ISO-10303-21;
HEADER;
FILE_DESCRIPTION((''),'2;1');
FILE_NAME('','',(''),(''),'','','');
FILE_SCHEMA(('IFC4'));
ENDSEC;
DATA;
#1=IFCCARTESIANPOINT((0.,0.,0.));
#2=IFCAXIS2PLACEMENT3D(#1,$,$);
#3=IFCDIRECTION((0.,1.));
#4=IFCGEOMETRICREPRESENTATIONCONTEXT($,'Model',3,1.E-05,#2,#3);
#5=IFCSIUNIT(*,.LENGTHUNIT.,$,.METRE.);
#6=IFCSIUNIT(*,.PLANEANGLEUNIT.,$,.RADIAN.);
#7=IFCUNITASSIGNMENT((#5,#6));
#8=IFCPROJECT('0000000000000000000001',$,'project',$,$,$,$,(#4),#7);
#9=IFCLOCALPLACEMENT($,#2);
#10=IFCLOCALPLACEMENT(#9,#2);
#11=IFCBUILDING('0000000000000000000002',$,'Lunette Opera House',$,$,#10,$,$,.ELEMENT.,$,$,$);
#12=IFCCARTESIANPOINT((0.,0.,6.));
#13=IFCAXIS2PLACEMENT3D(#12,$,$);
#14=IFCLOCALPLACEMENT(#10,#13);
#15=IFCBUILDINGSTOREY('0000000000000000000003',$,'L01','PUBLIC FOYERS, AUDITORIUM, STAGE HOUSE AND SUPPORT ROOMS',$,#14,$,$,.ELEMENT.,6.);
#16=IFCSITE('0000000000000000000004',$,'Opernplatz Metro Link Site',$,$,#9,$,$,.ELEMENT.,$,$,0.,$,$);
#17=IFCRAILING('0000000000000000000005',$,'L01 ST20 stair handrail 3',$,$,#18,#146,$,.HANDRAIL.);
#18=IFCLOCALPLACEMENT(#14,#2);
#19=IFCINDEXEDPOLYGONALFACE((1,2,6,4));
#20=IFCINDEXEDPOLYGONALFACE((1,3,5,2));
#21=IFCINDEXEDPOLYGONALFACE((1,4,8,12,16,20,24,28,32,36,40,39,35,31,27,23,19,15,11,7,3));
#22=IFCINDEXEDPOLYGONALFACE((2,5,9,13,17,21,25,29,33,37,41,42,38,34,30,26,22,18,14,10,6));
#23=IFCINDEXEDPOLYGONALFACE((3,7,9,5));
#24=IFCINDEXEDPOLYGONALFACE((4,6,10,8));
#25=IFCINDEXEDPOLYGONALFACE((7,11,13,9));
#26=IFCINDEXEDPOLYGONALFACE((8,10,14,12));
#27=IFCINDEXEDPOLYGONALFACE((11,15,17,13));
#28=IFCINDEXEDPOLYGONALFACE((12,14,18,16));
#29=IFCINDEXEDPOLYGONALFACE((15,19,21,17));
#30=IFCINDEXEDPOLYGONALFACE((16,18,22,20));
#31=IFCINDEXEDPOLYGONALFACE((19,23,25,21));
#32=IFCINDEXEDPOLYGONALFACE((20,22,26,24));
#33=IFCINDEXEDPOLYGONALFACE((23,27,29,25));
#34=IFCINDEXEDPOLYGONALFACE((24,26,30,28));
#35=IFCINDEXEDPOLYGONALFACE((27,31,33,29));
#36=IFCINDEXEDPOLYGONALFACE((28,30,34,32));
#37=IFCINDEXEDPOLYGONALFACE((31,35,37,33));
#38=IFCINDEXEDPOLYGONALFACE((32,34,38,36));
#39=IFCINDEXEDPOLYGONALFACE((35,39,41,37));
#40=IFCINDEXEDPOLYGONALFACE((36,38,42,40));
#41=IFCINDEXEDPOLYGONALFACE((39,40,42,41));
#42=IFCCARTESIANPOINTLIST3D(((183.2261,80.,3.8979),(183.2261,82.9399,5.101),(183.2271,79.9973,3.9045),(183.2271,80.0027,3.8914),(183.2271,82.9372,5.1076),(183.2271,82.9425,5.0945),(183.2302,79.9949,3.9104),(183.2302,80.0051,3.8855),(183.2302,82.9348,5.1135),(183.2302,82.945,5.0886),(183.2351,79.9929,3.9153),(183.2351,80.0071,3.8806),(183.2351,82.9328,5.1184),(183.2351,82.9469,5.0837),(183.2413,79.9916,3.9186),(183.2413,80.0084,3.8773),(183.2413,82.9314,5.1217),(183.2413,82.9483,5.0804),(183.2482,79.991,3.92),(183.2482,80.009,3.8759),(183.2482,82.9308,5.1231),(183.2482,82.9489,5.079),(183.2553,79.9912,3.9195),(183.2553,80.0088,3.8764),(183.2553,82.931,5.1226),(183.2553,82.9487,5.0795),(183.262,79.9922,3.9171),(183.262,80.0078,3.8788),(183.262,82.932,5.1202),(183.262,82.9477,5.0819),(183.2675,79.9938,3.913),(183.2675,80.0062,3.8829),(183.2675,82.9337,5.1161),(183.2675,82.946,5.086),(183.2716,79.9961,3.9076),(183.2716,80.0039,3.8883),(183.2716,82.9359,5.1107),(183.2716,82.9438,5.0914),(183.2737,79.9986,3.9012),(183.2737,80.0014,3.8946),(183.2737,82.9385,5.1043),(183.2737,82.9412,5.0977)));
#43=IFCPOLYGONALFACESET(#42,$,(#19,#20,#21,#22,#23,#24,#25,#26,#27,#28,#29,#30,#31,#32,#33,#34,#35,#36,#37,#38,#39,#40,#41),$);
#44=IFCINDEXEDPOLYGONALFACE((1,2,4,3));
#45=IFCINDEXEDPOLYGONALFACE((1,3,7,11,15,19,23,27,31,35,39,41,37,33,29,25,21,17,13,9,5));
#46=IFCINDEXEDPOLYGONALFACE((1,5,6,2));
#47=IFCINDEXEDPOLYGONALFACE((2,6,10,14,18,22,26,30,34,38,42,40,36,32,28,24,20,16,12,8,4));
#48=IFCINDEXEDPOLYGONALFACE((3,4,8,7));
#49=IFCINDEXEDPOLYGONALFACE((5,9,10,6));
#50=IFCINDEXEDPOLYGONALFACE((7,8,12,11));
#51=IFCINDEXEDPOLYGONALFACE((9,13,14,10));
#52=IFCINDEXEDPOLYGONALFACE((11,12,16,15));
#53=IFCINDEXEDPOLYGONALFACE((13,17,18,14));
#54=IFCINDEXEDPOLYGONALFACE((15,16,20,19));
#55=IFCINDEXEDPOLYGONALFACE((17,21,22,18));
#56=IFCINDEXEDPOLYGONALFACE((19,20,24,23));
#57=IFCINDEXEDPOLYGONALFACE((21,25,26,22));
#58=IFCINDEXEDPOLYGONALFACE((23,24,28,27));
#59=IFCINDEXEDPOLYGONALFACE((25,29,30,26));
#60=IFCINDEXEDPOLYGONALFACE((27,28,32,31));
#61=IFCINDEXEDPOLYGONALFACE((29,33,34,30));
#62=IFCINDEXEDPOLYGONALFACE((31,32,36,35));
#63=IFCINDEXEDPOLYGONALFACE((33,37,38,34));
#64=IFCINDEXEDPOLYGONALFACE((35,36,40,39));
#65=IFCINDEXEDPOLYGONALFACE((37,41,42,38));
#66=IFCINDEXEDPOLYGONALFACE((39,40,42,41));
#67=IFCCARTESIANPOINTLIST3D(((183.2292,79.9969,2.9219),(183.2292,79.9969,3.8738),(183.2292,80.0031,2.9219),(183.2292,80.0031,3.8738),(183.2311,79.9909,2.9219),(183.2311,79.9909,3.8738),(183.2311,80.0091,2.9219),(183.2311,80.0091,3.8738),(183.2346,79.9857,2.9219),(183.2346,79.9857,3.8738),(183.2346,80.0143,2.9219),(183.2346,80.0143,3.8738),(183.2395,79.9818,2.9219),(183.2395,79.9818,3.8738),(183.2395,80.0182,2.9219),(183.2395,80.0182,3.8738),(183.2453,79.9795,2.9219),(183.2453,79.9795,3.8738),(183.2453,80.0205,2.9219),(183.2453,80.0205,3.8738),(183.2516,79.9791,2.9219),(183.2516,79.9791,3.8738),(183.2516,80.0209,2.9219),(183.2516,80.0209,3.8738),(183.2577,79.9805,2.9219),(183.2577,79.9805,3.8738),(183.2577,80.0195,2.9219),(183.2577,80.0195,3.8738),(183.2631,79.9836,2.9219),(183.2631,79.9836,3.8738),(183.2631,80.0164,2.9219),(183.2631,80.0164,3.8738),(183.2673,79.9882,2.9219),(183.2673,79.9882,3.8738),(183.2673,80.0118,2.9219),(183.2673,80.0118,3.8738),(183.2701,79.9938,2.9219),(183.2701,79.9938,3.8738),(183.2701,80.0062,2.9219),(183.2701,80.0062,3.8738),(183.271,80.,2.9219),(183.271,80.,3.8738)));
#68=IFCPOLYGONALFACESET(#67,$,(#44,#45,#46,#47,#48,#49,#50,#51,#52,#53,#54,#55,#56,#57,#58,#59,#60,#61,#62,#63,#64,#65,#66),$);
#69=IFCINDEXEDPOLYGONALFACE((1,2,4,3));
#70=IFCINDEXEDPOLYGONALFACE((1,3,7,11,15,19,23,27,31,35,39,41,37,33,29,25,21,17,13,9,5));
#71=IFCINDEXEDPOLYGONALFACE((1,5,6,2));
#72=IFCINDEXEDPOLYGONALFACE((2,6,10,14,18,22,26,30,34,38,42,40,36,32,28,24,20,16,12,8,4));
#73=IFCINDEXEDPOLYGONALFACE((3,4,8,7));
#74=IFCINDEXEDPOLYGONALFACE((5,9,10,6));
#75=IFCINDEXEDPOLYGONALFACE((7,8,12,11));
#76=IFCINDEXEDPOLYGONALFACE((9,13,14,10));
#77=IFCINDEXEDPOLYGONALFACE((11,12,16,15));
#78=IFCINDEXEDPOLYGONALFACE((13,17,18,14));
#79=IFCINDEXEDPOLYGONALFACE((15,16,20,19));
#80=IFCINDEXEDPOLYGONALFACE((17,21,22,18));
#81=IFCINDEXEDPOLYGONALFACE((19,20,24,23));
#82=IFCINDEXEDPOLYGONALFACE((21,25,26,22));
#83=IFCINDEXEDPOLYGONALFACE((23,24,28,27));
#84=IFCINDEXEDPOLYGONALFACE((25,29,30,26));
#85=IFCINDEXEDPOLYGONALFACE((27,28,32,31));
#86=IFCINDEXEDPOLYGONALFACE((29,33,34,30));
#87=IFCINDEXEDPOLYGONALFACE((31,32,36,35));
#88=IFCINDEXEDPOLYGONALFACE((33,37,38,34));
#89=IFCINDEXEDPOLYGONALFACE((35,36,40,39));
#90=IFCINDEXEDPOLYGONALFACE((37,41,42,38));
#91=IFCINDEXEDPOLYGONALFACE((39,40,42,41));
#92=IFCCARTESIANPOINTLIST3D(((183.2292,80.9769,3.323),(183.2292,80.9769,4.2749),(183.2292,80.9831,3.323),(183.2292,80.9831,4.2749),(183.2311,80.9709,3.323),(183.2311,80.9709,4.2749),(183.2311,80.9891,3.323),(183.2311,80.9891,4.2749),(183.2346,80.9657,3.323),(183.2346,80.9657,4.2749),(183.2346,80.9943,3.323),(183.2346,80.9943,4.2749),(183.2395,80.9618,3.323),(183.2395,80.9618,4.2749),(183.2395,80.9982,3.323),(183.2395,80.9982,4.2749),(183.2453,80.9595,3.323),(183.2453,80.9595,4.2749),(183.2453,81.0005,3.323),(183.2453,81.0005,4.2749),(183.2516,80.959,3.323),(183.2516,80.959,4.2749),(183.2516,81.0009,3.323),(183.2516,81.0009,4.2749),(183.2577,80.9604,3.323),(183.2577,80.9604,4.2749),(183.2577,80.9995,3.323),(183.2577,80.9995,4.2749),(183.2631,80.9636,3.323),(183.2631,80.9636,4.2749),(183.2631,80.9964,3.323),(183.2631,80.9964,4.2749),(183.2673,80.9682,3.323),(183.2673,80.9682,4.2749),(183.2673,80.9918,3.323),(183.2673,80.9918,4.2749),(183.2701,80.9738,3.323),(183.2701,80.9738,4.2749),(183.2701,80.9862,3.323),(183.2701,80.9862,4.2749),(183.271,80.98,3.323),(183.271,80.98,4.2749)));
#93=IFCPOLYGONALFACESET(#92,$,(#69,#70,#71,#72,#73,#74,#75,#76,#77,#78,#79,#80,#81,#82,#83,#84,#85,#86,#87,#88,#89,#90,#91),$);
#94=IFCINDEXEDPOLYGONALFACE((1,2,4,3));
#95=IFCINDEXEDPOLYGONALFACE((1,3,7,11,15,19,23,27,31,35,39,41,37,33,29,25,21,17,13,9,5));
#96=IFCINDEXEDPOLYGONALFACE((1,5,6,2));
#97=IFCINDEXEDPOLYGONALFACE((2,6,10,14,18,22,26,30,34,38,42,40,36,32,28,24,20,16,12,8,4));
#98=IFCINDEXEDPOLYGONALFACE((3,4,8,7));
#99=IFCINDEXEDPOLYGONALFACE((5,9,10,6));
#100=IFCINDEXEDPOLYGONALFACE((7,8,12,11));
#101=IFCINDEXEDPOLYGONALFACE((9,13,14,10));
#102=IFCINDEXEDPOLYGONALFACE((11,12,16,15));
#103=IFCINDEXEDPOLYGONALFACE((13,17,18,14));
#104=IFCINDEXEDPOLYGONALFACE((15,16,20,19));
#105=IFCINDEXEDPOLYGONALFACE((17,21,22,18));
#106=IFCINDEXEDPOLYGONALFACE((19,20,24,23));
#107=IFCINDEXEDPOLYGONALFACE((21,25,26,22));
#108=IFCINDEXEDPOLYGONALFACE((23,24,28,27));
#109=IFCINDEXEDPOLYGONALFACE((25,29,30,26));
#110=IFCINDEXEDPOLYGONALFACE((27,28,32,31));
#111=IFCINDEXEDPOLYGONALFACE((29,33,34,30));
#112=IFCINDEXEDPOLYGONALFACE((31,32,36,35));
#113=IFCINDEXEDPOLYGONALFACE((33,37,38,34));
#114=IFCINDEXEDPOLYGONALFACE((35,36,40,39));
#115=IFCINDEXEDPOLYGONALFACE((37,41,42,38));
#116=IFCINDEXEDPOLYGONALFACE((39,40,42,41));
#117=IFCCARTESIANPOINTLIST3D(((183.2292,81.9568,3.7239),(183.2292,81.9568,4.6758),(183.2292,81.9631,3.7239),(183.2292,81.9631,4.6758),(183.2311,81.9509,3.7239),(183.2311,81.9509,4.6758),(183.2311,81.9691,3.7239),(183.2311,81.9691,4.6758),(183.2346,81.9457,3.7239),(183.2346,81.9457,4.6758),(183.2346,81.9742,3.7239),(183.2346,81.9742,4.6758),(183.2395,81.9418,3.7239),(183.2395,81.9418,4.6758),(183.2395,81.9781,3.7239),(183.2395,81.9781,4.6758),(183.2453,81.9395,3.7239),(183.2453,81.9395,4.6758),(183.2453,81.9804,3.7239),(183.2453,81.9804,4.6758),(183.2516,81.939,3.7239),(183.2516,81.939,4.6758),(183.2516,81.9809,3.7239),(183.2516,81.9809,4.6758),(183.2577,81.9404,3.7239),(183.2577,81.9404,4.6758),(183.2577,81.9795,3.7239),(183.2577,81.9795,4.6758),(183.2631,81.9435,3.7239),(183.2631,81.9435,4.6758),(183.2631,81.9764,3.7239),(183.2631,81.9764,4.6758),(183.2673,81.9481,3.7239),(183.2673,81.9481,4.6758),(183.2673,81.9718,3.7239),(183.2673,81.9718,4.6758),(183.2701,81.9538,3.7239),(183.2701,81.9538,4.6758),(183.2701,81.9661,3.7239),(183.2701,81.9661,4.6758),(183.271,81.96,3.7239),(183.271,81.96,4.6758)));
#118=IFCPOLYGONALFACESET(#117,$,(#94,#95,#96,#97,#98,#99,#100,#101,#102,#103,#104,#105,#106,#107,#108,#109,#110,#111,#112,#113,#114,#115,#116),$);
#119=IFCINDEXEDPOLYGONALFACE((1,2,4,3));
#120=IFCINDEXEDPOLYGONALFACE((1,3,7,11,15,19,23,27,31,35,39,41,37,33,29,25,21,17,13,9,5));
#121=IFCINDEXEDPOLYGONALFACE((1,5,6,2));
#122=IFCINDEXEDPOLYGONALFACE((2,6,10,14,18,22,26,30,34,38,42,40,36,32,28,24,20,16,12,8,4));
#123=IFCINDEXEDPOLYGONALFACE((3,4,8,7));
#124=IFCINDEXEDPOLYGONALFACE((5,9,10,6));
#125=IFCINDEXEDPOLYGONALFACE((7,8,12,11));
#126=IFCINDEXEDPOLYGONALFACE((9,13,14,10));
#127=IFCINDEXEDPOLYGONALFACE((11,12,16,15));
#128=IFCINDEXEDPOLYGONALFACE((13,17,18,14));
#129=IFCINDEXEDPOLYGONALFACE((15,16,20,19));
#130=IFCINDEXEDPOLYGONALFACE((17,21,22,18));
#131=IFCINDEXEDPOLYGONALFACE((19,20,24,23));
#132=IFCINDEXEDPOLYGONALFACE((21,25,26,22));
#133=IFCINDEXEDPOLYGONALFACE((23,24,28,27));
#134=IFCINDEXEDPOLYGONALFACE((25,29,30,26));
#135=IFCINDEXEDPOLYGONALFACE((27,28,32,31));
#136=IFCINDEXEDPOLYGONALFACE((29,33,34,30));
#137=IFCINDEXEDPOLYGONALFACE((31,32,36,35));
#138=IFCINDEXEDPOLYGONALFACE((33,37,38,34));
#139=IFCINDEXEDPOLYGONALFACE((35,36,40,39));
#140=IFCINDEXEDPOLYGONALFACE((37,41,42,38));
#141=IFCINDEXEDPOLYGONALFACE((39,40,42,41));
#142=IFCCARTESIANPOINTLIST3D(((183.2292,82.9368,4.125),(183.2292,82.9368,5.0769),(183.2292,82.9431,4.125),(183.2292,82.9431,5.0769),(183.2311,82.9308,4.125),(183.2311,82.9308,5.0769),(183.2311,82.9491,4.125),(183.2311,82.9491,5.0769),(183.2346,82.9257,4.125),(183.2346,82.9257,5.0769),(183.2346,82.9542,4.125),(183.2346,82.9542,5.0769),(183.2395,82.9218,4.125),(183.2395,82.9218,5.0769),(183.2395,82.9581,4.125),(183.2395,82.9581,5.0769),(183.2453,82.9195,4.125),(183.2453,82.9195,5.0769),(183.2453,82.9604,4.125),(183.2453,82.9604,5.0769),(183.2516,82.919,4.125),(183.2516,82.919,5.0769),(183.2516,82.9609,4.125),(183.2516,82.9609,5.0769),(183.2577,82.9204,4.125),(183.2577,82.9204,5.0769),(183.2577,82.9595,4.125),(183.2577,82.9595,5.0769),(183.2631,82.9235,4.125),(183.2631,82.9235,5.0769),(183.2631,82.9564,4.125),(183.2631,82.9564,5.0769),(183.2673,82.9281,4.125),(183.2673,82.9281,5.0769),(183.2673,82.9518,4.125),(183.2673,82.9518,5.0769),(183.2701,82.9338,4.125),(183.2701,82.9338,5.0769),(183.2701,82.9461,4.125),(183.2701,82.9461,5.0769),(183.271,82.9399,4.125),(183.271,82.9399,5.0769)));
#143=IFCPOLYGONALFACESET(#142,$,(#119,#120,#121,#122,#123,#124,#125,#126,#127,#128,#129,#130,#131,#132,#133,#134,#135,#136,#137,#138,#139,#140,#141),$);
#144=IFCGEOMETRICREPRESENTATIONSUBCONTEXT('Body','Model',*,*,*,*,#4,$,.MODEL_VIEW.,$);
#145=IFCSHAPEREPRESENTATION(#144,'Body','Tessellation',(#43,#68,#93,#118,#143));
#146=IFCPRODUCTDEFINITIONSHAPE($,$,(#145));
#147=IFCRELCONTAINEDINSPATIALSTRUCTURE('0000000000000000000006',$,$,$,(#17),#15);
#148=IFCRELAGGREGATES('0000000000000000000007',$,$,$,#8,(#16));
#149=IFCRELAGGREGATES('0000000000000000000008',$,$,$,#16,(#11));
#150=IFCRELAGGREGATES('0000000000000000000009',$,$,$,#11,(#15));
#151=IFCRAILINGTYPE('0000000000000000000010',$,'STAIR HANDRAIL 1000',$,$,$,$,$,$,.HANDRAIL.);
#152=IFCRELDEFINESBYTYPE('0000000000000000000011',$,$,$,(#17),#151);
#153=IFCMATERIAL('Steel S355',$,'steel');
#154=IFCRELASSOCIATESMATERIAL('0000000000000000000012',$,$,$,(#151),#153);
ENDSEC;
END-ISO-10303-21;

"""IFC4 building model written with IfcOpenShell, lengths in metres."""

from ifc_helpers import new_model, si_unit, direction, frame, origin, origin_2d, place, context, subcontext, project, spatial, circle, extrude, material, type_object, element, save


model = new_model("IFC4")

# Units and contexts
model_context = context("Model", 3, precision=1e-05, world=origin(), true_north=direction((0.0, 1.0)))
body_context = subcontext(model_context, "Body", "Model", "MODEL_VIEW")
ifc_project = project(units=[si_unit("LENGTHUNIT", "METRE"), si_unit("PLANEANGLEUNIT", "RADIAN")], contexts=[model_context])

# Site, building, storey
site_placement = place(None, origin())
site = spatial("IfcSite", under=ifc_project, at=site_placement, Name="Opernplatz Metro Link Site", CompositionType="ELEMENT", RefElevation=0.0)
building_placement = place(site_placement, origin())
building = spatial("IfcBuilding", under=site, at=building_placement, Name="Lunette Opera House", CompositionType="ELEMENT")
storey_placement = place(building_placement, frame((0.0, 0.0, 6.0)))
storey = spatial("IfcBuildingStorey", under=building, at=storey_placement, Name="L01", Description="PUBLIC FOYERS, AUDITORIUM, STAGE HOUSE AND SUPPORT ROOMS", CompositionType="ELEMENT", Elevation=6.0)

# Railing
ifc_material_1 = material(Name="Steel S355", Category="steel")
railing_type_1 = type_object("IfcRailingType", Name="STAIR HANDRAIL 1000", PredefinedType="HANDRAIL", material=ifc_material_1)
for number, where, name in (
    (1, (183.25, 80.0, 2.9219), "L01 ST20 stair handrail 3"),
):
    element("IfcRailing", number, at=place(storey_placement, frame(where)), inside=storey, type_object=railing_type_1, Name=name, PredefinedType="HANDRAIL", context=body_context, shape_type="SweptSolid", body=[
        extrude(circle(Radius=0.0239, at=origin_2d()), frame((0.0, 0.0, 0.9761), z_axis=(0.0, 0.9255, 0.378747), x_axis=(-1.0, 0.0, 0.0)), (0.0, 0.0, 1.0), 3.1765),
        extrude(circle(Radius=0.021, at=origin_2d()), origin(), (0.0, 0.0, 1.0), 0.9519),
        extrude(circle(Radius=0.021, at=origin_2d()), frame((0.0, 0.98, 0.4011)), (0.0, 0.0, 1.0), 0.9519),
        extrude(circle(Radius=0.021, at=origin_2d()), frame((0.0, 1.96, 0.802)), (0.0, 0.0, 1.0), 0.9519),
        extrude(circle(Radius=0.021, at=origin_2d()), frame((0.0, 2.9399, 1.2031)), (0.0, 0.0, 1.0), 0.9519),
    ])

save(model, "model.ifc")
